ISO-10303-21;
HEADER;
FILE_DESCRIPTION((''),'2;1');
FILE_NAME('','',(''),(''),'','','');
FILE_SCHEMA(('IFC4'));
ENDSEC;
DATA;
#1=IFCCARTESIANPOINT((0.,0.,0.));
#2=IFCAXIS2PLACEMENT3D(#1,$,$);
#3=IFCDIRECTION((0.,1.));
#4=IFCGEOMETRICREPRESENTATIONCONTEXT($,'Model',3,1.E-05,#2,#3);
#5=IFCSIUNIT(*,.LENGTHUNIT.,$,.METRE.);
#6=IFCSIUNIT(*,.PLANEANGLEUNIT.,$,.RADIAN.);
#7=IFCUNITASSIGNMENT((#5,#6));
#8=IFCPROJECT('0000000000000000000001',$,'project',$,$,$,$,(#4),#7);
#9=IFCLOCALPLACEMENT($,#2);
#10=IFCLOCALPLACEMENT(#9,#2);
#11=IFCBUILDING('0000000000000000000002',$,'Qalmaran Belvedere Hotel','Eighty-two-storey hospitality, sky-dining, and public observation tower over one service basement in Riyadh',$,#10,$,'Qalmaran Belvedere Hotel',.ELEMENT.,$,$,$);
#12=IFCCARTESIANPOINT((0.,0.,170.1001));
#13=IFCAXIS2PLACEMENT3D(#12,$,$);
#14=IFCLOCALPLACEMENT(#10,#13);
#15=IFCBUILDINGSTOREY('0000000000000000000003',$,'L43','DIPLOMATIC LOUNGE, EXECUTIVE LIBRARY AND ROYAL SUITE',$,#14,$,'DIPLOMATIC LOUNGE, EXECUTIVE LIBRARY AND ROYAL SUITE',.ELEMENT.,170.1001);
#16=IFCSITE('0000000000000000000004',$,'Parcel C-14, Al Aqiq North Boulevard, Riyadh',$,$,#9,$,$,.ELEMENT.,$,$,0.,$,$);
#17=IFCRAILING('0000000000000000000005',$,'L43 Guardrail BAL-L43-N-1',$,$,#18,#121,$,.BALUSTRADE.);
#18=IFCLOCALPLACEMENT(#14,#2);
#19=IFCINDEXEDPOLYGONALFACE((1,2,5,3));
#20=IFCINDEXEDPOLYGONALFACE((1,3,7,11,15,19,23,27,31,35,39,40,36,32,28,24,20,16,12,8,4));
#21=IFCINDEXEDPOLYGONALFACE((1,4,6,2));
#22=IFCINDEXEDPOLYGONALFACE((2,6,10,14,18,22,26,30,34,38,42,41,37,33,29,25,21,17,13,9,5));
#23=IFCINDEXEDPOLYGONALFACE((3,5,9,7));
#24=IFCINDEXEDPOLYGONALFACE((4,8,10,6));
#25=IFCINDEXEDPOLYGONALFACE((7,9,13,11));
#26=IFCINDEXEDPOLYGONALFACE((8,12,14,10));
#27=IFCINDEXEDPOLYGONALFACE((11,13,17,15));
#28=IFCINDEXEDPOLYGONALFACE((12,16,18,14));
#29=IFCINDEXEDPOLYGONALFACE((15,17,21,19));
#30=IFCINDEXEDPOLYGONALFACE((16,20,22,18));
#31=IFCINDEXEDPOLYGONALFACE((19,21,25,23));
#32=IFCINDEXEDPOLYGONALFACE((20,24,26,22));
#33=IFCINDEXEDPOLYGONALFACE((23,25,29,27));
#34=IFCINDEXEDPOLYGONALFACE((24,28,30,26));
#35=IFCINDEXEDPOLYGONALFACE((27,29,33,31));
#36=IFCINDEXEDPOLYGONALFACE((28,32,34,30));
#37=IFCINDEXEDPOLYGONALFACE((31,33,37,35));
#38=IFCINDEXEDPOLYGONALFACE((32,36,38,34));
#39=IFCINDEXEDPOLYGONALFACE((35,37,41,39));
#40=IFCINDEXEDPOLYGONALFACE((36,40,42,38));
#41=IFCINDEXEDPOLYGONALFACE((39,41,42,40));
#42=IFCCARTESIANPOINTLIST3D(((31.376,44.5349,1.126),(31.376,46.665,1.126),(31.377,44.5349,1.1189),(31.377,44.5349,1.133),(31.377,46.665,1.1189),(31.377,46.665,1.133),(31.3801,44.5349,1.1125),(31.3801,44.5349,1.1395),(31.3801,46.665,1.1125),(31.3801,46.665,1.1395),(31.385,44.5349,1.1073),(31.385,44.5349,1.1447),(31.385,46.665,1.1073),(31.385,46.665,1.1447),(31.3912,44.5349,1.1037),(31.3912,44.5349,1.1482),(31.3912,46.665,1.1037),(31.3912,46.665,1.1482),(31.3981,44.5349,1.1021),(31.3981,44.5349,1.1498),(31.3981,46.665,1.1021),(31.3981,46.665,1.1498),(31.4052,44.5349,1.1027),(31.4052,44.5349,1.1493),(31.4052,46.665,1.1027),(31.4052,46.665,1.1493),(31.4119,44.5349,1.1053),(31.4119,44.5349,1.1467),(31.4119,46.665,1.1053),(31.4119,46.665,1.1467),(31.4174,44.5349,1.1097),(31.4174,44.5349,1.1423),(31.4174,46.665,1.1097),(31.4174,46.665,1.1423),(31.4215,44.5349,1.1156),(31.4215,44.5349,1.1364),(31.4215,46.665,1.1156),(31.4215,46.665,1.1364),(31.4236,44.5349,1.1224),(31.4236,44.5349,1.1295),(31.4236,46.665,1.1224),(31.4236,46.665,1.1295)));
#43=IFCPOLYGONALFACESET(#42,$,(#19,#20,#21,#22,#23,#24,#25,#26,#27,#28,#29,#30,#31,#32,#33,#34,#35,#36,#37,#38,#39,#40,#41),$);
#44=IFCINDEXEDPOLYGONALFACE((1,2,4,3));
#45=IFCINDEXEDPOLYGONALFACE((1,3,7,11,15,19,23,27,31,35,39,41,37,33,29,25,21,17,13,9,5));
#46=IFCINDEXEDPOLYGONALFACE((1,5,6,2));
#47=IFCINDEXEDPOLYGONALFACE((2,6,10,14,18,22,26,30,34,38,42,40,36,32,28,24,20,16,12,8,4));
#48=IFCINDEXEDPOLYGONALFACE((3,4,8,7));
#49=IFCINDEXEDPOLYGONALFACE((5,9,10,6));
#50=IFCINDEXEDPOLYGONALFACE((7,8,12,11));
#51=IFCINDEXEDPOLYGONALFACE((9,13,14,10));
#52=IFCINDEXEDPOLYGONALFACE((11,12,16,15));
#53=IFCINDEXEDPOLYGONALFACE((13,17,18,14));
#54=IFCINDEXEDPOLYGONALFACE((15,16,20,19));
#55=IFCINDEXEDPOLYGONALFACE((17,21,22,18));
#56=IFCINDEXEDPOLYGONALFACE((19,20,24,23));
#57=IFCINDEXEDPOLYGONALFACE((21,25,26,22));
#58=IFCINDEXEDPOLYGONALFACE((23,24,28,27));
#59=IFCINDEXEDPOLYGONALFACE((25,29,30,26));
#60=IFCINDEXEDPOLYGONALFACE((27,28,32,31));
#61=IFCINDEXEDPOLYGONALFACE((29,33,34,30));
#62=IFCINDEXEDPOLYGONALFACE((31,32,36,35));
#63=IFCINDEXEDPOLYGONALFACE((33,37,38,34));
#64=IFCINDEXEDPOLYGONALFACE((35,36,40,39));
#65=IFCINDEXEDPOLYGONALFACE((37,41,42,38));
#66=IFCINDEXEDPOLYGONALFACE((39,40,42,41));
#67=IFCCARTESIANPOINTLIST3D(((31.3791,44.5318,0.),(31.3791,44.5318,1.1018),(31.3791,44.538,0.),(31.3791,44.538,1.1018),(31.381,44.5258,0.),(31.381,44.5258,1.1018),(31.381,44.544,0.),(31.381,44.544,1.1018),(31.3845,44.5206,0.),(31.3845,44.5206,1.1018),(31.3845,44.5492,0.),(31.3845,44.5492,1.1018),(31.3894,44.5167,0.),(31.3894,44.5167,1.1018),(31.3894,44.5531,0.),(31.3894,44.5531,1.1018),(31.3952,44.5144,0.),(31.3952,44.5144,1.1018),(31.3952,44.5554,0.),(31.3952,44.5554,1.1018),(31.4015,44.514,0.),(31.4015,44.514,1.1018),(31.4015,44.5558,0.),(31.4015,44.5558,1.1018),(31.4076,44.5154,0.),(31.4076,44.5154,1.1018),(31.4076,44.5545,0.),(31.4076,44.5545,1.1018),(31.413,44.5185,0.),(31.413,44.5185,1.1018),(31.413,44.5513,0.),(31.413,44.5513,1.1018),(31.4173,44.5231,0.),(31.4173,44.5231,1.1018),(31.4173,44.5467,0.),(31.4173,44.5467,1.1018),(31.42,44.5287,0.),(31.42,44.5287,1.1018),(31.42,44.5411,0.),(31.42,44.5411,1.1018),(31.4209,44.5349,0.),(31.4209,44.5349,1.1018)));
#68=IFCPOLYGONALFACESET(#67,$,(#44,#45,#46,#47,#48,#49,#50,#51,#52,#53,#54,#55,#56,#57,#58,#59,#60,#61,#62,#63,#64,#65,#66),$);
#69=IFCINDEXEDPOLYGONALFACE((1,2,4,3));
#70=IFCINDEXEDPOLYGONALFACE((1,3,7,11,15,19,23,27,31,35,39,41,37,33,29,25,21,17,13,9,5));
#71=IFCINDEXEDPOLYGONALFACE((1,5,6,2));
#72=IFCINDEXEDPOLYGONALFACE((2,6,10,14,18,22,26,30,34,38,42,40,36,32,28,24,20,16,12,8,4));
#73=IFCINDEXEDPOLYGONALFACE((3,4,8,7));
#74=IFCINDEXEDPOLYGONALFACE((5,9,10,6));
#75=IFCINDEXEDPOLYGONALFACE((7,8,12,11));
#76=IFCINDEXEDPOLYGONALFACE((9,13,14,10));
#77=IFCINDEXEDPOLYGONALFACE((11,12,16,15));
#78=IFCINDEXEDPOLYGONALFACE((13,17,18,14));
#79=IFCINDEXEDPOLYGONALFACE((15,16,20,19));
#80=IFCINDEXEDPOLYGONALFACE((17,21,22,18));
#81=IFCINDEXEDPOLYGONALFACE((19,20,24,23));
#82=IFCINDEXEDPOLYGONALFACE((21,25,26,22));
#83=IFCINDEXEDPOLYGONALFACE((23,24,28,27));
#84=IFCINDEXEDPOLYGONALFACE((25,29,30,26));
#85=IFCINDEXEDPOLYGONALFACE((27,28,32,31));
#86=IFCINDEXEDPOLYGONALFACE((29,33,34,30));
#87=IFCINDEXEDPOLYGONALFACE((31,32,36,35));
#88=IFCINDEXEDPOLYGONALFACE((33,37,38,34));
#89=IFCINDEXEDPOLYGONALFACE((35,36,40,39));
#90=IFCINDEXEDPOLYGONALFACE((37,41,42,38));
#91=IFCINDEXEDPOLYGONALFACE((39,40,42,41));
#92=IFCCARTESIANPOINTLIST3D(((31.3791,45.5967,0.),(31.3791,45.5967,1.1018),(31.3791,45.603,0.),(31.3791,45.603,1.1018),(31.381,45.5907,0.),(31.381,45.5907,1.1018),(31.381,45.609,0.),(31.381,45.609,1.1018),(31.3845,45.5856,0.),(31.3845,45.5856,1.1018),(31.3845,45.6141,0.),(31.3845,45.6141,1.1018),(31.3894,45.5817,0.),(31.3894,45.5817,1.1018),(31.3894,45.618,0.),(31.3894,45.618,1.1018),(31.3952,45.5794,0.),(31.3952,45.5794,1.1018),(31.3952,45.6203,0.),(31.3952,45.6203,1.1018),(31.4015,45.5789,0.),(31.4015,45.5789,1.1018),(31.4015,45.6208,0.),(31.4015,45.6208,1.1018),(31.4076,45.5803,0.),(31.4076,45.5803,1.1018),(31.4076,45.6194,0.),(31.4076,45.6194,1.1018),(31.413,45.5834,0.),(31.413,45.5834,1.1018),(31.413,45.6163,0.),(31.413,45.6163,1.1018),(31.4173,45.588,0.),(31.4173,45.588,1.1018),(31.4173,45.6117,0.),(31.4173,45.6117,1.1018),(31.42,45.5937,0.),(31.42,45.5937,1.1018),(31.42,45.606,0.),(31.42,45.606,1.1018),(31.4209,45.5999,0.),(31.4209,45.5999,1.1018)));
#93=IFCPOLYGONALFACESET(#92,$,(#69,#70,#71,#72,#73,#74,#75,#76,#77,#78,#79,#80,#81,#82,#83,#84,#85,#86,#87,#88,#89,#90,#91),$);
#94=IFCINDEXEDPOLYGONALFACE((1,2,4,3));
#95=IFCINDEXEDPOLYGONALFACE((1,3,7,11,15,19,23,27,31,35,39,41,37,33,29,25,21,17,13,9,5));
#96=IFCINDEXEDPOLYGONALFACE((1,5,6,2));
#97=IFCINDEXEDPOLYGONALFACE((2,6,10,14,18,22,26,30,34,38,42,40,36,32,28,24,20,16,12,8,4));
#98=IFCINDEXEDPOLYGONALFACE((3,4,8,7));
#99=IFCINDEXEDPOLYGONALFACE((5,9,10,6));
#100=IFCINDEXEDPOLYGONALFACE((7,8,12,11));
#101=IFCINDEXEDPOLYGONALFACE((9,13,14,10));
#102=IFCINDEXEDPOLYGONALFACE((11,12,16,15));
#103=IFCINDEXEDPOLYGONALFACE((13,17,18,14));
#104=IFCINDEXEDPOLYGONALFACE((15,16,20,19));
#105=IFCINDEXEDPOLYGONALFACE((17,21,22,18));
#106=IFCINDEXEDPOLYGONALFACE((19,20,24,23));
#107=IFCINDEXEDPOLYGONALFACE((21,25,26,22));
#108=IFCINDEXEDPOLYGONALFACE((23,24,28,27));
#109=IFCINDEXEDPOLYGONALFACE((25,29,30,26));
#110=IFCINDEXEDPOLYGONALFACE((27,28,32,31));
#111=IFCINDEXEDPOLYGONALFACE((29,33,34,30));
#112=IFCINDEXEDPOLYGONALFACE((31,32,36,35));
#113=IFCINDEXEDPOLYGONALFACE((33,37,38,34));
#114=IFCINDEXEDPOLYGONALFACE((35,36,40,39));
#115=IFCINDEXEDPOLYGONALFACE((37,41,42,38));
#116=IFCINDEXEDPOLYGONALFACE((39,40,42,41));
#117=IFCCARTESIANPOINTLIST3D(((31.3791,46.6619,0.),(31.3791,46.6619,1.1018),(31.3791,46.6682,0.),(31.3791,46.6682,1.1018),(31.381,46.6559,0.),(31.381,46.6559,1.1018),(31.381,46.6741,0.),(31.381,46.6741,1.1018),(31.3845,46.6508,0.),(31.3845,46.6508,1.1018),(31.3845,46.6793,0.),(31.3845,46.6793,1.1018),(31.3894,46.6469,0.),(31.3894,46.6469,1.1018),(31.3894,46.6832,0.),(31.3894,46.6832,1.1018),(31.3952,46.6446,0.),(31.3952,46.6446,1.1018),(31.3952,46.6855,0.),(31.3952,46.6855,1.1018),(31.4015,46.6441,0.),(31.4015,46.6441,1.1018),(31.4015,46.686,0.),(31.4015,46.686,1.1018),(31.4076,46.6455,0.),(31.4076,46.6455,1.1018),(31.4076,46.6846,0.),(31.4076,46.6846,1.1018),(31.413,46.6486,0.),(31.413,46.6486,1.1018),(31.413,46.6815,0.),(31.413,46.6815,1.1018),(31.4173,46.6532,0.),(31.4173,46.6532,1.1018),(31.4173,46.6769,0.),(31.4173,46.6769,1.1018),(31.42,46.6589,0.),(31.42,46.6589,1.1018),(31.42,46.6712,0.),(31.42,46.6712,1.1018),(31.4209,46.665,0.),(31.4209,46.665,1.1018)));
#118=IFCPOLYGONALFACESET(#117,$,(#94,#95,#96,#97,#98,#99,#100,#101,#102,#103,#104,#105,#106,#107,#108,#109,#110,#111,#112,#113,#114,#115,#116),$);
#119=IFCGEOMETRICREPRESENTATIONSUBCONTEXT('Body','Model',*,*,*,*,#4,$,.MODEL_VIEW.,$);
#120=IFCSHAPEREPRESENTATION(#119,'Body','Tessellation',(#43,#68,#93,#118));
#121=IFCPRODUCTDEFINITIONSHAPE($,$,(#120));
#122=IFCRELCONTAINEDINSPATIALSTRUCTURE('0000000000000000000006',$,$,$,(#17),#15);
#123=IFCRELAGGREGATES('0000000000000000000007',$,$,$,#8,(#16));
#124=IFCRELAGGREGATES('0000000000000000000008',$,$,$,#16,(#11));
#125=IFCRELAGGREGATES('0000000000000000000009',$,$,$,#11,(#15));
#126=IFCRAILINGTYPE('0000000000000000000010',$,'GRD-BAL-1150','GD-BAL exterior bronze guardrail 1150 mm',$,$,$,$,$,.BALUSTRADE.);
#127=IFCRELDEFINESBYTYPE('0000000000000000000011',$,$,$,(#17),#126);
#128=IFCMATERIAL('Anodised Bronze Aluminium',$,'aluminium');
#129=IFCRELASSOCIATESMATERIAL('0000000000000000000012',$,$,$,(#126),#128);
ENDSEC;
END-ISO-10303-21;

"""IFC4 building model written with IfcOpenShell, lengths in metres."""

from ifc_helpers import new_model, si_unit, direction, frame, origin, origin_2d, place, context, subcontext, project, spatial, circle, extrude, material, type_object, element, save


model = new_model("IFC4")

# Units and contexts
model_context = context("Model", 3, precision=1e-05, world=origin(), true_north=direction((0.0, 1.0)))
body_context = subcontext(model_context, "Body", "Model", "MODEL_VIEW")
ifc_project = project(units=[si_unit("LENGTHUNIT", "METRE"), si_unit("PLANEANGLEUNIT", "RADIAN")], contexts=[model_context])

# Site, building, storey
site_placement = place(None, origin())
site = spatial("IfcSite", under=ifc_project, at=site_placement, Name="Parcel C-14, Al Aqiq North Boulevard, Riyadh", CompositionType="ELEMENT", RefElevation=0.0)
building_placement = place(site_placement, origin())
building = spatial("IfcBuilding", under=site, at=building_placement, Name="Qalmaran Belvedere Hotel", Description="Eighty-two-storey hospitality, sky-dining, and public observation tower over one service basement in Riyadh", LongName="Qalmaran Belvedere Hotel", CompositionType="ELEMENT")
storey_placement = place(building_placement, frame((0.0, 0.0, 170.1001)))
storey = spatial("IfcBuildingStorey", under=building, at=storey_placement, Name="L43", Description="DIPLOMATIC LOUNGE, EXECUTIVE LIBRARY AND ROYAL SUITE", LongName="DIPLOMATIC LOUNGE, EXECUTIVE LIBRARY AND ROYAL SUITE", CompositionType="ELEMENT", Elevation=170.1001)

# Shared definitions
ifc_material_1 = material(Name="Anodised Bronze Aluminium", Category="aluminium")

# Railing
railing_type = type_object("IfcRailingType", Name="GRD-BAL-1150", Description="GD-BAL exterior bronze guardrail 1150 mm", PredefinedType="BALUSTRADE", material=ifc_material_1)
railing_1_placement = place(storey_placement, frame((31.3999, 44.5349, 0.0)))
element("IfcRailing", 1, at=railing_1_placement, inside=storey, type_object=railing_type, Name="L43 Guardrail BAL-L43-N-1", PredefinedType="BALUSTRADE", context=body_context, shape_type="SweptSolid", body=[
    extrude(circle(Radius=0.0239, at=origin_2d()), frame((0.0, 0.0, 1.126), z_axis=(0.0, 1.0, 0.0), x_axis=(-1.0, 0.0, 0.0)), (0.0, 0.0, 1.0), 2.1301),
    extrude(circle(Radius=0.021, at=origin_2d()), origin(), (0.0, 0.0, 1.0), 1.1018),
    extrude(circle(Radius=0.021, at=origin_2d()), frame((0.0, 1.0649, 0.0)), (0.0, 0.0, 1.0), 1.1018),
    extrude(circle(Radius=0.021, at=origin_2d()), frame((0.0, 2.1301, 0.0)), (0.0, 0.0, 1.0), 1.1018),
])

save(model, "model.ifc")
